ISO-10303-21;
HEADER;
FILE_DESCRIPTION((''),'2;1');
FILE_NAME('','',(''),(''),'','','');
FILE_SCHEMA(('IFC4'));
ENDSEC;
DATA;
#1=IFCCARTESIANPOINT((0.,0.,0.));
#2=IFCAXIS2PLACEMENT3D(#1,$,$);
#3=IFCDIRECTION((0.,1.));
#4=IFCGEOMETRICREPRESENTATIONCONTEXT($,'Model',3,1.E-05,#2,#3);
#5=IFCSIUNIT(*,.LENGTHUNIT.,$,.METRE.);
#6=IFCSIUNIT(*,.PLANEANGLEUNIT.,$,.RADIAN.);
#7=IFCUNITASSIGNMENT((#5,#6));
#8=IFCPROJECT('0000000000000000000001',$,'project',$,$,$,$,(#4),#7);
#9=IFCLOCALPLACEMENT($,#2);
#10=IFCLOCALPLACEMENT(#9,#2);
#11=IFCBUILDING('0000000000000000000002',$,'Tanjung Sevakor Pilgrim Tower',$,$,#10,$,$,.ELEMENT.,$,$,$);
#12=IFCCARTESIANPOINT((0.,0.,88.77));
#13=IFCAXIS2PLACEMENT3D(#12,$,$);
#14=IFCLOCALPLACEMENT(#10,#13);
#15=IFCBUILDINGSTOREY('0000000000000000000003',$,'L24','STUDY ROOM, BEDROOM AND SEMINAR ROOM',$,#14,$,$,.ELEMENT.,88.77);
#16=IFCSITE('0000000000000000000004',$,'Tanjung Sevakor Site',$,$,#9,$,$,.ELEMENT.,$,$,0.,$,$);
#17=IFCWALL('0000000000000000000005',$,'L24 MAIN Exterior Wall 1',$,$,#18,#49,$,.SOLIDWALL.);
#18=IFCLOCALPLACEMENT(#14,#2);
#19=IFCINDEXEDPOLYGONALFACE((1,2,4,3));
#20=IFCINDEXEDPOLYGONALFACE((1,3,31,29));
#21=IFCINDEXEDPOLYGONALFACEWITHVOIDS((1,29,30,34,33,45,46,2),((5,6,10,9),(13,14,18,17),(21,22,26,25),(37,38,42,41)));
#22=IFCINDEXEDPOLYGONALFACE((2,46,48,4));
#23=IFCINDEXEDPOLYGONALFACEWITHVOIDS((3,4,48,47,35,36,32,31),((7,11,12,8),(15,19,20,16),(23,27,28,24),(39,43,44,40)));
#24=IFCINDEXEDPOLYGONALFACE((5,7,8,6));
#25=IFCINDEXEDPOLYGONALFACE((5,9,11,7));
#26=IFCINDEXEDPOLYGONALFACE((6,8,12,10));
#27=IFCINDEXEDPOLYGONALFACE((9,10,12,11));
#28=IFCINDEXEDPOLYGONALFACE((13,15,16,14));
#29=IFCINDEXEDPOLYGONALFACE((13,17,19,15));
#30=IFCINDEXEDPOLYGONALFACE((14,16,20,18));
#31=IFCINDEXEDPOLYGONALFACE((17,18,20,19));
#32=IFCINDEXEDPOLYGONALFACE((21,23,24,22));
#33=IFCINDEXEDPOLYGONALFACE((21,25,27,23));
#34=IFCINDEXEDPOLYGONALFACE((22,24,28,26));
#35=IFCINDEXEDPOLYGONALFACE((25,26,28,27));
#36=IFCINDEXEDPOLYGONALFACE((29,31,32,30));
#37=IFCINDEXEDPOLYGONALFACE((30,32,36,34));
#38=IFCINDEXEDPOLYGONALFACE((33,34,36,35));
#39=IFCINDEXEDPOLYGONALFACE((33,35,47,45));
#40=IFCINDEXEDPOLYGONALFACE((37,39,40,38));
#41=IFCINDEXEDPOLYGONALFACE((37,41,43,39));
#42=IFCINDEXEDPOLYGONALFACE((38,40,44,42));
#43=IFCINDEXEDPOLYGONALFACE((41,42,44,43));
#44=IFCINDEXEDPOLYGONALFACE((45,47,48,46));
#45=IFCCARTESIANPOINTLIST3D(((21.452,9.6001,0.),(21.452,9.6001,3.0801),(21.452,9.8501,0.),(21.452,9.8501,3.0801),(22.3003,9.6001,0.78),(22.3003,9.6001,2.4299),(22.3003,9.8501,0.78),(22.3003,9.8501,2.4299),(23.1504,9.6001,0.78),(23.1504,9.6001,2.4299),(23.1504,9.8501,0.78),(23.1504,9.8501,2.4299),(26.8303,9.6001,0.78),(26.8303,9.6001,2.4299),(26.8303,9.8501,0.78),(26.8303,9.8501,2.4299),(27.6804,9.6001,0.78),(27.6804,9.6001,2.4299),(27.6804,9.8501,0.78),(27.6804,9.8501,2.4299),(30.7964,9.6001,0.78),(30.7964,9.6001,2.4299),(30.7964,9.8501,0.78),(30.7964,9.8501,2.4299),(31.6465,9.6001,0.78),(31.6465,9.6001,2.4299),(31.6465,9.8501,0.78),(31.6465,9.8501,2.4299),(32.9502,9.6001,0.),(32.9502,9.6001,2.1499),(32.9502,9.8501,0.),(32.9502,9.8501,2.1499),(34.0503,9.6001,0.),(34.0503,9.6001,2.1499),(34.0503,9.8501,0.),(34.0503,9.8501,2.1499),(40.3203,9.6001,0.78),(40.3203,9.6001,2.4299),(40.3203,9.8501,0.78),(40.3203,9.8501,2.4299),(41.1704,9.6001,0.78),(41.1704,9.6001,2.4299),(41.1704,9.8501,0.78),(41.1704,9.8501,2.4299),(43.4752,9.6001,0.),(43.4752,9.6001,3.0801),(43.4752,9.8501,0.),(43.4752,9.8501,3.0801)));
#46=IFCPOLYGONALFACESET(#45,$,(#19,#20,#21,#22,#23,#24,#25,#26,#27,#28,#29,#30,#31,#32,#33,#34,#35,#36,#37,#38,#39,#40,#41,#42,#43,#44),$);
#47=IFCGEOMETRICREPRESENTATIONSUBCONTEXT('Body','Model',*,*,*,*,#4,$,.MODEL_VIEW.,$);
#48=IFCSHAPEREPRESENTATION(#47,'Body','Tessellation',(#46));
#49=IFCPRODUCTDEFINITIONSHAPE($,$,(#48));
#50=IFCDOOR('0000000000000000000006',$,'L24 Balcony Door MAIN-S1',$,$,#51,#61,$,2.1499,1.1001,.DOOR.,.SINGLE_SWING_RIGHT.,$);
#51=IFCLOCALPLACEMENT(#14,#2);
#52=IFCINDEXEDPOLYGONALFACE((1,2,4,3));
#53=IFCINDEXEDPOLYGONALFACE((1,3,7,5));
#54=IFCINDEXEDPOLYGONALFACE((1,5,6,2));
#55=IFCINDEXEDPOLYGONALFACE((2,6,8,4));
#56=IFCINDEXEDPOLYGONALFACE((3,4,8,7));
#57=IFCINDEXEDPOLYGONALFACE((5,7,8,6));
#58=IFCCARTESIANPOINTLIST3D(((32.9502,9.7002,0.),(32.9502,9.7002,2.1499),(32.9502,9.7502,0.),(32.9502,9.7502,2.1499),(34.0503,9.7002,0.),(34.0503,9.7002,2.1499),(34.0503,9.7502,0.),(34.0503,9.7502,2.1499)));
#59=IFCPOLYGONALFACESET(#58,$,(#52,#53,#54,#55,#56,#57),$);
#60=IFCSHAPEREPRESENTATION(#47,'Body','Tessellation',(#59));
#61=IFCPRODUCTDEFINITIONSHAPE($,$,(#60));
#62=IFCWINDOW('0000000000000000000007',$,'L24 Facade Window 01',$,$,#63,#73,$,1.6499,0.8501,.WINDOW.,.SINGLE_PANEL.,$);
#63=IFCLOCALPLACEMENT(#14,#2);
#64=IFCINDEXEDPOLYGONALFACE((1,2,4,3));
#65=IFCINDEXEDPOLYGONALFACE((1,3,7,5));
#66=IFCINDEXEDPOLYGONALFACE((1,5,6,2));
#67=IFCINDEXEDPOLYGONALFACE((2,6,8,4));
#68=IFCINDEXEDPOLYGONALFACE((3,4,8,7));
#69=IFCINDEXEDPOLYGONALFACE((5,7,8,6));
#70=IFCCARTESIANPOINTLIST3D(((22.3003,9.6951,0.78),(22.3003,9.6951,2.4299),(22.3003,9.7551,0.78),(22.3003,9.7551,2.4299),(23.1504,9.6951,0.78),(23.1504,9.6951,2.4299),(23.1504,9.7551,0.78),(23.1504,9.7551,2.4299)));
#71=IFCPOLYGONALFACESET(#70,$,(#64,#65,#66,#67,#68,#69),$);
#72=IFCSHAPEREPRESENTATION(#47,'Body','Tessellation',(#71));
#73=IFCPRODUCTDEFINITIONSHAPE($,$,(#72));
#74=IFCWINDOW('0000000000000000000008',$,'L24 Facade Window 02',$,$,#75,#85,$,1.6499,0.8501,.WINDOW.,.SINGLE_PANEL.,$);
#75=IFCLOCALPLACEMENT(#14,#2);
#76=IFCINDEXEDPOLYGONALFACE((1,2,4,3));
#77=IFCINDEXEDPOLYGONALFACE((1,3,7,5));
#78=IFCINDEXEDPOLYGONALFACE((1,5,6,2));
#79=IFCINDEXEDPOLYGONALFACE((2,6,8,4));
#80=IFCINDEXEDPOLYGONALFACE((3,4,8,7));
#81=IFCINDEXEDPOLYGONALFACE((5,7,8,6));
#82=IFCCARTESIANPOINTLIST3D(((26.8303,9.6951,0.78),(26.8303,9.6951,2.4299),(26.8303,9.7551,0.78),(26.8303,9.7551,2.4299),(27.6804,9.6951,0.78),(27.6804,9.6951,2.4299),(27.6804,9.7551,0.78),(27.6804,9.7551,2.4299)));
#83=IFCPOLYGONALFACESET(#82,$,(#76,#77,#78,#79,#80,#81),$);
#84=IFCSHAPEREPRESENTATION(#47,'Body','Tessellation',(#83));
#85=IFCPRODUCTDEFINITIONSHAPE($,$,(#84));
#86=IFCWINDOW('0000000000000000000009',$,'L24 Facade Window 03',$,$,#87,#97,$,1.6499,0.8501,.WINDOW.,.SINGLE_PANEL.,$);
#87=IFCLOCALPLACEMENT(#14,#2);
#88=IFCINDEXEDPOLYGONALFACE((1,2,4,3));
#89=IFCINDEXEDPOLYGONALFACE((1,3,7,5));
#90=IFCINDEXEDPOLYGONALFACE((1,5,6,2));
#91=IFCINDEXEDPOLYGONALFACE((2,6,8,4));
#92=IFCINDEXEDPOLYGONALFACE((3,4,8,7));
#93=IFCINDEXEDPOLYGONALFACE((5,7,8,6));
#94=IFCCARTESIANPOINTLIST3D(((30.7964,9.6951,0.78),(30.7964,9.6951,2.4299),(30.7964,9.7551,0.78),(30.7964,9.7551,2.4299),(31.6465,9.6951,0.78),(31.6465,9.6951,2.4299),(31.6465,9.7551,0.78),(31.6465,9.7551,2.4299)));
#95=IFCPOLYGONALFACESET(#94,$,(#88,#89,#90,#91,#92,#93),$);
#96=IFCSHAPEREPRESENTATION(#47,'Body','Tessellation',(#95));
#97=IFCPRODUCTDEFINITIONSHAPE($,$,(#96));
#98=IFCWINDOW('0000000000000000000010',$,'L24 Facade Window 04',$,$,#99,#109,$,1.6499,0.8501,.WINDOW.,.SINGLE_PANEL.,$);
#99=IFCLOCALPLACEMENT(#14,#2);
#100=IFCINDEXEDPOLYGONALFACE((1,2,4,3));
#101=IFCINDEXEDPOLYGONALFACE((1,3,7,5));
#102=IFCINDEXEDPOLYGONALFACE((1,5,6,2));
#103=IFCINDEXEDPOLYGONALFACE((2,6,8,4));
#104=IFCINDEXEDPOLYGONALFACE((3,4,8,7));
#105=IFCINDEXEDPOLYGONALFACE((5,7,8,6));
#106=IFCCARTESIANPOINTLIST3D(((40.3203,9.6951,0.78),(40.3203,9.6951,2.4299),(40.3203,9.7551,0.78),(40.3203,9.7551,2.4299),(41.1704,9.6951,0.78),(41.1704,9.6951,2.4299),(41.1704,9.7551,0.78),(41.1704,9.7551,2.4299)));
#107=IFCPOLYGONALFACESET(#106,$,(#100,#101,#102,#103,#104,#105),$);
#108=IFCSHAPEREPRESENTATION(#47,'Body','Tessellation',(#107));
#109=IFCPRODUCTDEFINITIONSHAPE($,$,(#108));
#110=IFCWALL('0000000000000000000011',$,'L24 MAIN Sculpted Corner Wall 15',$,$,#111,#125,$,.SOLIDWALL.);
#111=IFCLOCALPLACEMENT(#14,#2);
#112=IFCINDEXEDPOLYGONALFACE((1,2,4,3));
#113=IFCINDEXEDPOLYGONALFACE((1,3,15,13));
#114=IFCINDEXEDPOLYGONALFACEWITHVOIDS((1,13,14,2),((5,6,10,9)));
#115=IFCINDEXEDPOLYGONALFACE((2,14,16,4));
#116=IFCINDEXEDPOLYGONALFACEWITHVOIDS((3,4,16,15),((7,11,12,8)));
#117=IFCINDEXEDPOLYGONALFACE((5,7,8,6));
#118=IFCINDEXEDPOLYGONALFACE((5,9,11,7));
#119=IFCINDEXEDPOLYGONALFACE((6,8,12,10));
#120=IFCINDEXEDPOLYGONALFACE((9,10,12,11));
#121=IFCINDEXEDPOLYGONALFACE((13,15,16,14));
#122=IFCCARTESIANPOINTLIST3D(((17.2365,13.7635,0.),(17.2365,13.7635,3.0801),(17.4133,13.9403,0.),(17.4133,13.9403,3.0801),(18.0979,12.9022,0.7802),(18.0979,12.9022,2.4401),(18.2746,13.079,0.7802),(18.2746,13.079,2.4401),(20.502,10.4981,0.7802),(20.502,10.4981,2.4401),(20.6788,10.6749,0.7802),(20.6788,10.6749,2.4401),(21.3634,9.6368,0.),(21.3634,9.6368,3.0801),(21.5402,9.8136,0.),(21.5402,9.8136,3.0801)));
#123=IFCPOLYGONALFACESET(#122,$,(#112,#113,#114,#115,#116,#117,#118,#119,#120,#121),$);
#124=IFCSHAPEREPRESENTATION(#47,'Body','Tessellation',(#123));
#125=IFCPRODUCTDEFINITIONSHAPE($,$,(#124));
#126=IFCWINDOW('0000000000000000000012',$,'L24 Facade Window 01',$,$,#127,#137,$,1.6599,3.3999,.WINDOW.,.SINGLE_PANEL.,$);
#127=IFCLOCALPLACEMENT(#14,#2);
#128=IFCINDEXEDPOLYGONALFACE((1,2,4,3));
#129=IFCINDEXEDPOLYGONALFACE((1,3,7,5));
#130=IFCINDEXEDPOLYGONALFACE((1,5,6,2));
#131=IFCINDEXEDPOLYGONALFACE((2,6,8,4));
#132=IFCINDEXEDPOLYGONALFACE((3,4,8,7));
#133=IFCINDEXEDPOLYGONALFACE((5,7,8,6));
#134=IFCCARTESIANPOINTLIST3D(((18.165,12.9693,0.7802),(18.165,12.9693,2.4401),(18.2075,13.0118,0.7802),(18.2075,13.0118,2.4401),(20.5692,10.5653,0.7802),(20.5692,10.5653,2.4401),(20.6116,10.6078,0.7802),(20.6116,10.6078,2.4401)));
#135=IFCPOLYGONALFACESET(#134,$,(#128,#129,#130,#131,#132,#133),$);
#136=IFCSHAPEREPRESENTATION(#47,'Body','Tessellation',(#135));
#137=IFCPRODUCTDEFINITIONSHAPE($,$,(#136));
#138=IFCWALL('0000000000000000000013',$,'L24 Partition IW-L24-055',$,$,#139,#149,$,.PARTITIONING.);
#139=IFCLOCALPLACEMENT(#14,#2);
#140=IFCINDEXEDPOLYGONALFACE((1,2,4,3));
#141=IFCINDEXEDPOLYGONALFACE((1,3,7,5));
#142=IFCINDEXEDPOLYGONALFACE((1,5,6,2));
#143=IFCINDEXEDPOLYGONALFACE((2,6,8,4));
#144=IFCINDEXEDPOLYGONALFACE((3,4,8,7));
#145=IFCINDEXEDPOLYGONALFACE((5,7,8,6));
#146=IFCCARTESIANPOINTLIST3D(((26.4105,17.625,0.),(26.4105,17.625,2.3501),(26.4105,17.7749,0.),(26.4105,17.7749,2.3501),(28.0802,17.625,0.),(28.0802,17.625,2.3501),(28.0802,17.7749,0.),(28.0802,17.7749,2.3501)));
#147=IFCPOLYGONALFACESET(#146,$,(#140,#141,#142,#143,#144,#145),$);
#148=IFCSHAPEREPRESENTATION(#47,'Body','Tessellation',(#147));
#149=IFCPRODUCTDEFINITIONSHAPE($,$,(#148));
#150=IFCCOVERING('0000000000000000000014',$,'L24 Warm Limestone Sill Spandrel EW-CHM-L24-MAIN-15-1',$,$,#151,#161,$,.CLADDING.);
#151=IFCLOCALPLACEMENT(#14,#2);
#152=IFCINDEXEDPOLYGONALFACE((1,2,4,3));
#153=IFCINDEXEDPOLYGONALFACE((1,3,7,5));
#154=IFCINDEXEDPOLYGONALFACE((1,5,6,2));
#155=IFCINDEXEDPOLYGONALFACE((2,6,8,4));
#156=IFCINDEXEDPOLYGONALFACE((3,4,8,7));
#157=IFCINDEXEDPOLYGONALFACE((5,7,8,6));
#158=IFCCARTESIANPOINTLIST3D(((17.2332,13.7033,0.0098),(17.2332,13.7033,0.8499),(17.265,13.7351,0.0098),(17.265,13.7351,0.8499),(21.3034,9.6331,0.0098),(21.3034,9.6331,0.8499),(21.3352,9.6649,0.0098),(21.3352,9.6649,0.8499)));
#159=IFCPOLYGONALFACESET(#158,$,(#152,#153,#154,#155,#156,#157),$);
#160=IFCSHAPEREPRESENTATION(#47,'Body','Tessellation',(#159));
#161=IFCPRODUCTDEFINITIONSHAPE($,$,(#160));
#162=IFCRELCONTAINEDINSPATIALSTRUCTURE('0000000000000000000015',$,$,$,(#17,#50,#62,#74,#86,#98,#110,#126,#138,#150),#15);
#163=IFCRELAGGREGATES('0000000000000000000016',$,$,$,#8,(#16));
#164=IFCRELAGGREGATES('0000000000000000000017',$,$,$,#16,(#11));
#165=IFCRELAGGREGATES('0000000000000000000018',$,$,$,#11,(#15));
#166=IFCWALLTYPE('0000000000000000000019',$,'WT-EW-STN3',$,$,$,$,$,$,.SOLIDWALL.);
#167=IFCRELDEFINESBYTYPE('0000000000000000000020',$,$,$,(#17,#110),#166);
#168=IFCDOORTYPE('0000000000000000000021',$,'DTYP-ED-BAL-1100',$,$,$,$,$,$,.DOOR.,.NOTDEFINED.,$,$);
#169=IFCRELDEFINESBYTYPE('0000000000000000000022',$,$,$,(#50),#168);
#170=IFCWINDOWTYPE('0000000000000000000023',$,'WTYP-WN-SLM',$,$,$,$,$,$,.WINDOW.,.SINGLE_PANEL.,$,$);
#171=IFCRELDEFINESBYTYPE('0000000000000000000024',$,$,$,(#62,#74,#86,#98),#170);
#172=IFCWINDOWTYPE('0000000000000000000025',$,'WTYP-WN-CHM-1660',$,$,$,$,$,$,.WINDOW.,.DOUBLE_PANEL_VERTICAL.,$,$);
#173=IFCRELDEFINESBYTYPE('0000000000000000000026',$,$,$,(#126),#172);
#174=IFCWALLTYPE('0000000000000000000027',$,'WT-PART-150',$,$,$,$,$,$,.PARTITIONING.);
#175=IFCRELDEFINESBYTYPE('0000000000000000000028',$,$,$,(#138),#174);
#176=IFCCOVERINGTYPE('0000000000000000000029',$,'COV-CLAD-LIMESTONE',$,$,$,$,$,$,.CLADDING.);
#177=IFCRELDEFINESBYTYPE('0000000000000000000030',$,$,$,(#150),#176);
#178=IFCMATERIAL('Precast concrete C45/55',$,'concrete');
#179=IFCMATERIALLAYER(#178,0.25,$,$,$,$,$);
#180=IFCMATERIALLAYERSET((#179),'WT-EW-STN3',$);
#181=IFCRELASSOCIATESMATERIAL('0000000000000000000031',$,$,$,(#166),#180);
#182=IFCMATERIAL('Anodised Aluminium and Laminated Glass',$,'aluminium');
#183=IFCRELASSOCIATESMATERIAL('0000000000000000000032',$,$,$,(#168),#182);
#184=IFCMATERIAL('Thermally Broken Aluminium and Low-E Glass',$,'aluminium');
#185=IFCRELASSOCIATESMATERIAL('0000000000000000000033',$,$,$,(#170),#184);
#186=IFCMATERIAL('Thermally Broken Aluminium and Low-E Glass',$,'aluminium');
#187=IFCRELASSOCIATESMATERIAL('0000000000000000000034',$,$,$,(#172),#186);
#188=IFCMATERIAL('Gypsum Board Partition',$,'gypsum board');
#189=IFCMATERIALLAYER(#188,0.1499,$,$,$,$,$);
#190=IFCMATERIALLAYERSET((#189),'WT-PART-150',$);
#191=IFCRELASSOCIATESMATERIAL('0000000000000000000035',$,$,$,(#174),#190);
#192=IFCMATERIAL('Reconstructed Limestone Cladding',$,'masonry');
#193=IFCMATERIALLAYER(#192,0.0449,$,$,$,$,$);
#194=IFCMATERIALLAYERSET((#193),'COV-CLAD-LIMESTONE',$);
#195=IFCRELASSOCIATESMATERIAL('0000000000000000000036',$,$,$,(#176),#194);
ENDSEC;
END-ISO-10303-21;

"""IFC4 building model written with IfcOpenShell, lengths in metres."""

from ifc_helpers import new_model, si_unit, direction, frame, frame_2d, origin, origin_2d, place, context, subcontext, project, spatial, rectangle, extrude, material, layer, layer_set, type_object, element, fill, save


model = new_model("IFC4")

# Units and contexts
model_context = context("Model", 3, precision=1e-05, world=origin(), true_north=direction((0.0, 1.0)))
body_context = subcontext(model_context, "Body", "Model", "MODEL_VIEW")
ifc_project = project(units=[si_unit("LENGTHUNIT", "METRE"), si_unit("PLANEANGLEUNIT", "RADIAN")], contexts=[model_context])

# Site, building, storey
site_placement = place(None, origin())
site = spatial("IfcSite", under=ifc_project, at=site_placement, Name="Tanjung Sevakor Site", CompositionType="ELEMENT", RefElevation=0.0)
building_placement = place(site_placement, origin())
building = spatial("IfcBuilding", under=site, at=building_placement, Name="Tanjung Sevakor Pilgrim Tower", CompositionType="ELEMENT")
storey_placement = place(building_placement, frame((0.0, 0.0, 88.77)))
storey = spatial("IfcBuildingStorey", under=building, at=storey_placement, Name="L24", Description="STUDY ROOM, BEDROOM AND SEMINAR ROOM", CompositionType="ELEMENT", Elevation=88.77)

# Wall, openings, door, windows
ifc_material_1 = material(Name="Precast concrete C45/55", Category="concrete")
ifc_layer_1 = layer(ifc_material_1, 0.25)
ifc_layer_set_1 = layer_set([ifc_layer_1], Name="WT-EW-STN3")
wall_type_1 = type_object("IfcWallType", Name="WT-EW-STN3", PredefinedType="SOLIDWALL", material=ifc_layer_set_1)
wall_1_placement = place(storey_placement, frame((21.4519, 9.7251, 0.0), z_axis=(0.0, 0.0, 1.0), x_axis=(1.0, 0.0, 0.0)))
wall_1 = element("IfcWall", 1, at=wall_1_placement, inside=storey, type_object=wall_type_1, Name="L24 MAIN Exterior Wall 1", PredefinedType="SOLIDWALL", context=body_context, shape_type="SweptSolid", body=[
    extrude(rectangle(XDim=22.0232, YDim=0.25, at=frame_2d((11.0117, 0.0))), origin(), (0.0, 0.0, 1.0), 3.0801),
])
opening_1_placement = place(wall_1_placement, frame((11.4983, 0.0, 0.0)))
opening_1 = element("IfcOpeningElement", 2, at=opening_1_placement, cuts=wall_1, PredefinedType="OPENING", context=body_context, shape_type="SweptSolid", body=[
    extrude(rectangle(XDim=1.1001, YDim=2.1499, at=frame_2d((0.55, 1.075))), frame((0.0, 0.135, 0.0), z_axis=(0.0, -1.0, 0.0), x_axis=(1.0, 0.0, 0.0)), (0.0, 0.0, 1.0), 0.27),
])
opening_2_placement = place(wall_1_placement, frame((0.8484, 0.0, 0.78)))
opening_2 = element("IfcOpeningElement", 3, at=opening_2_placement, cuts=wall_1, PredefinedType="OPENING", context=body_context, shape_type="SweptSolid", body=[
    extrude(rectangle(XDim=0.8501, YDim=1.6499, at=frame_2d((0.425, 0.825))), frame((0.0, 0.135, 0.0), z_axis=(0.0, -1.0, 0.0), x_axis=(1.0, 0.0, 0.0)), (0.0, 0.0, 1.0), 0.27),
])
opening_3_placement = place(wall_1_placement, frame((5.3784, 0.0, 0.78)))
opening_3 = element("IfcOpeningElement", 4, at=opening_3_placement, cuts=wall_1, PredefinedType="OPENING", context=body_context, shape_type="SweptSolid", body=[
    extrude(rectangle(XDim=0.8501, YDim=1.6499, at=frame_2d((0.425, 0.825))), frame((0.0, 0.135, 0.0), z_axis=(0.0, -1.0, 0.0), x_axis=(1.0, 0.0, 0.0)), (0.0, 0.0, 1.0), 0.27),
])
opening_4_placement = place(wall_1_placement, frame((9.3445, 0.0, 0.78)))
opening_4 = element("IfcOpeningElement", 5, at=opening_4_placement, cuts=wall_1, PredefinedType="OPENING", context=body_context, shape_type="SweptSolid", body=[
    extrude(rectangle(XDim=0.8501, YDim=1.6499, at=frame_2d((0.425, 0.825))), frame((0.0, 0.135, 0.0), z_axis=(0.0, -1.0, 0.0), x_axis=(1.0, 0.0, 0.0)), (0.0, 0.0, 1.0), 0.27),
])
opening_5_placement = place(wall_1_placement, frame((18.8684, 0.0, 0.78)))
opening_5 = element("IfcOpeningElement", 6, at=opening_5_placement, cuts=wall_1, PredefinedType="OPENING", context=body_context, shape_type="SweptSolid", body=[
    extrude(rectangle(XDim=0.8501, YDim=1.6499, at=frame_2d((0.425, 0.825))), frame((0.0, 0.135, 0.0), z_axis=(0.0, -1.0, 0.0), x_axis=(1.0, 0.0, 0.0)), (0.0, 0.0, 1.0), 0.27),
])
ifc_material_2 = material(Name="Anodised Aluminium and Laminated Glass", Category="aluminium")
door_type = type_object("IfcDoorType", Name="DTYP-ED-BAL-1100", OperationType="NOTDEFINED", PredefinedType="DOOR", material=ifc_material_2)
door_placement = place(opening_1_placement, frame((1.1001, 0.0, 0.0), z_axis=(0.0, 0.0, 1.0), x_axis=(-1.0, 0.0, 0.0)))
door = element("IfcDoor", 7, at=door_placement, inside=storey, type_object=door_type, Name="L24 Balcony Door MAIN-S1", OperationType="SINGLE_SWING_RIGHT", OverallHeight=2.1499, OverallWidth=1.1001, PredefinedType="DOOR", context=body_context, shape_type="SweptSolid", body=[
    extrude(rectangle(XDim=1.1001, YDim=2.1499, at=frame_2d((0.55, 1.075))), frame((0.0, 0.0249, 0.0), z_axis=(0.0, -1.0, 0.0), x_axis=(1.0, 0.0, 0.0)), (0.0, 0.0, 1.0), 0.05),
])
fill(opening_1, door)
ifc_material_3 = material(Name="Thermally Broken Aluminium and Low-E Glass", Category="aluminium")
window_type_1 = type_object("IfcWindowType", Name="WTYP-WN-SLM", PartitioningType="SINGLE_PANEL", PredefinedType="WINDOW", material=ifc_material_3)
window_1_placement = place(opening_2_placement, origin())
window_1 = element("IfcWindow", 8, at=window_1_placement, inside=storey, type_object=window_type_1, Name="L24 Facade Window 01", OverallHeight=1.6499, OverallWidth=0.8501, PartitioningType="SINGLE_PANEL", PredefinedType="WINDOW", context=body_context, shape_type="SweptSolid", body=[
    extrude(rectangle(XDim=0.8501, YDim=1.6499, at=frame_2d((0.425, 0.825))), frame((0.0, 0.03, 0.0), z_axis=(0.0, -1.0, 0.0), x_axis=(1.0, 0.0, 0.0)), (0.0, 0.0, 1.0), 0.0601),
])
fill(opening_2, window_1)
window_2_placement = place(opening_3_placement, origin())
window_2 = element("IfcWindow", 9, at=window_2_placement, inside=storey, type_object=window_type_1, Name="L24 Facade Window 02", OverallHeight=1.6499, OverallWidth=0.8501, PartitioningType="SINGLE_PANEL", PredefinedType="WINDOW", context=body_context, shape_type="SweptSolid", body=[
    extrude(rectangle(XDim=0.8501, YDim=1.6499, at=frame_2d((0.425, 0.825))), frame((0.0, 0.03, 0.0), z_axis=(0.0, -1.0, 0.0), x_axis=(1.0, 0.0, 0.0)), (0.0, 0.0, 1.0), 0.0601),
])
fill(opening_3, window_2)
window_3_placement = place(opening_4_placement, origin())
window_3 = element("IfcWindow", 10, at=window_3_placement, inside=storey, type_object=window_type_1, Name="L24 Facade Window 03", OverallHeight=1.6499, OverallWidth=0.8501, PartitioningType="SINGLE_PANEL", PredefinedType="WINDOW", context=body_context, shape_type="SweptSolid", body=[
    extrude(rectangle(XDim=0.8501, YDim=1.6499, at=frame_2d((0.425, 0.825))), frame((0.0, 0.03, 0.0), z_axis=(0.0, -1.0, 0.0), x_axis=(1.0, 0.0, 0.0)), (0.0, 0.0, 1.0), 0.0601),
])
fill(opening_4, window_3)
window_4_placement = place(opening_5_placement, origin())
window_4 = element("IfcWindow", 11, at=window_4_placement, inside=storey, type_object=window_type_1, Name="L24 Facade Window 04", OverallHeight=1.6499, OverallWidth=0.8501, PartitioningType="SINGLE_PANEL", PredefinedType="WINDOW", context=body_context, shape_type="SweptSolid", body=[
    extrude(rectangle(XDim=0.8501, YDim=1.6499, at=frame_2d((0.425, 0.825))), frame((0.0, 0.03, 0.0), z_axis=(0.0, -1.0, 0.0), x_axis=(1.0, 0.0, 0.0)), (0.0, 0.0, 1.0), 0.0601),
])
fill(opening_5, window_4)

# Wall, opening, window
wall_2_placement = place(storey_placement, frame((17.325, 13.8518, 0.0), z_axis=(0.0, 0.0, 1.0), x_axis=(0.707128, -0.707086, 0.0)))
wall_2 = element("IfcWall", 12, at=wall_2_placement, inside=storey, type_object=wall_type_1, Name="L24 MAIN Sculpted Corner Wall 15", PredefinedType="SOLIDWALL", context=body_context, shape_type="SweptSolid", body=[
    extrude(rectangle(XDim=5.8362, YDim=0.25, at=frame_2d((2.918, 0.0))), origin(), (0.0, 0.0, 1.0), 3.0801),
])
opening_6_placement = place(wall_2_placement, frame((1.218, 0.0, 0.78)))
opening_6 = element("IfcOpeningElement", 13, at=opening_6_placement, cuts=wall_2, PredefinedType="OPENING", context=body_context, shape_type="SweptSolid", body=[
    extrude(rectangle(XDim=3.3999, YDim=1.6599, at=frame_2d((1.7, 0.8301))), frame((0.0, 0.135, 0.0), z_axis=(0.0, -1.0, 0.0), x_axis=(1.0, 0.0, 0.0)), (0.0, 0.0, 1.0), 0.27),
])
ifc_material_4 = material(Name="Thermally Broken Aluminium and Low-E Glass", Category="aluminium")
window_type_2 = type_object("IfcWindowType", Name="WTYP-WN-CHM-1660", PartitioningType="DOUBLE_PANEL_VERTICAL", PredefinedType="WINDOW", material=ifc_material_4)
window_5_placement = place(opening_6_placement, origin())
window_5 = element("IfcWindow", 14, at=window_5_placement, inside=storey, type_object=window_type_2, Name="L24 Facade Window 01", OverallHeight=1.6599, OverallWidth=3.3999, PartitioningType="SINGLE_PANEL", PredefinedType="WINDOW", context=body_context, shape_type="SweptSolid", body=[
    extrude(rectangle(XDim=3.3999, YDim=1.6599, at=frame_2d((1.7, 0.8301))), frame((0.0, 0.03, 0.0), z_axis=(0.0, -1.0, 0.0), x_axis=(1.0, 0.0, 0.0)), (0.0, 0.0, 1.0), 0.0601),
])
fill(opening_6, window_5)

# Wall
ifc_material_5 = material(Name="Gypsum Board Partition", Category="gypsum board")
ifc_layer_2 = layer(ifc_material_5, 0.1499)
ifc_layer_set_2 = layer_set([ifc_layer_2], Name="WT-PART-150")
wall_type_2 = type_object("IfcWallType", Name="WT-PART-150", PredefinedType="PARTITIONING", material=ifc_layer_set_2)
wall_3_placement = place(storey_placement, frame((26.4104, 17.7, 0.0), z_axis=(0.0, 0.0, 1.0), x_axis=(1.0, 0.0, 0.0)))
element("IfcWall", 15, at=wall_3_placement, inside=storey, type_object=wall_type_2, Name="L24 Partition IW-L24-055", PredefinedType="PARTITIONING", context=body_context, shape_type="SweptSolid", body=[
    extrude(rectangle(XDim=1.6697, YDim=0.1499, at=frame_2d((0.835, 0.0))), origin(), (0.0, 0.0, 1.0), 2.3501),
])

# Covering
ifc_material_6 = material(Name="Reconstructed Limestone Cladding", Category="masonry")
ifc_layer_3 = layer(ifc_material_6, 0.0449)
ifc_layer_set_3 = layer_set([ifc_layer_3], Name="COV-CLAD-LIMESTONE")
covering_type = type_object("IfcCoveringType", Name="COV-CLAD-LIMESTONE", PredefinedType="CLADDING", material=ifc_layer_set_3)
covering_placement = place(storey_placement, frame((19.2842, 11.6841, 0.0098), z_axis=(0.0, 0.0, 1.0), x_axis=(0.707107, -0.707107, 0.0)))
element("IfcCovering", 16, at=covering_placement, inside=storey, type_object=covering_type, Name="L24 Warm Limestone Sill Spandrel EW-CHM-L24-MAIN-15-1", PredefinedType="CLADDING", context=body_context, shape_type="SweptSolid", body=[
    extrude(rectangle(XDim=5.7561, YDim=0.0449, at=origin_2d()), origin(), (0.0, 0.0, 1.0), 0.8401),
])

save(model, "model.ifc")
